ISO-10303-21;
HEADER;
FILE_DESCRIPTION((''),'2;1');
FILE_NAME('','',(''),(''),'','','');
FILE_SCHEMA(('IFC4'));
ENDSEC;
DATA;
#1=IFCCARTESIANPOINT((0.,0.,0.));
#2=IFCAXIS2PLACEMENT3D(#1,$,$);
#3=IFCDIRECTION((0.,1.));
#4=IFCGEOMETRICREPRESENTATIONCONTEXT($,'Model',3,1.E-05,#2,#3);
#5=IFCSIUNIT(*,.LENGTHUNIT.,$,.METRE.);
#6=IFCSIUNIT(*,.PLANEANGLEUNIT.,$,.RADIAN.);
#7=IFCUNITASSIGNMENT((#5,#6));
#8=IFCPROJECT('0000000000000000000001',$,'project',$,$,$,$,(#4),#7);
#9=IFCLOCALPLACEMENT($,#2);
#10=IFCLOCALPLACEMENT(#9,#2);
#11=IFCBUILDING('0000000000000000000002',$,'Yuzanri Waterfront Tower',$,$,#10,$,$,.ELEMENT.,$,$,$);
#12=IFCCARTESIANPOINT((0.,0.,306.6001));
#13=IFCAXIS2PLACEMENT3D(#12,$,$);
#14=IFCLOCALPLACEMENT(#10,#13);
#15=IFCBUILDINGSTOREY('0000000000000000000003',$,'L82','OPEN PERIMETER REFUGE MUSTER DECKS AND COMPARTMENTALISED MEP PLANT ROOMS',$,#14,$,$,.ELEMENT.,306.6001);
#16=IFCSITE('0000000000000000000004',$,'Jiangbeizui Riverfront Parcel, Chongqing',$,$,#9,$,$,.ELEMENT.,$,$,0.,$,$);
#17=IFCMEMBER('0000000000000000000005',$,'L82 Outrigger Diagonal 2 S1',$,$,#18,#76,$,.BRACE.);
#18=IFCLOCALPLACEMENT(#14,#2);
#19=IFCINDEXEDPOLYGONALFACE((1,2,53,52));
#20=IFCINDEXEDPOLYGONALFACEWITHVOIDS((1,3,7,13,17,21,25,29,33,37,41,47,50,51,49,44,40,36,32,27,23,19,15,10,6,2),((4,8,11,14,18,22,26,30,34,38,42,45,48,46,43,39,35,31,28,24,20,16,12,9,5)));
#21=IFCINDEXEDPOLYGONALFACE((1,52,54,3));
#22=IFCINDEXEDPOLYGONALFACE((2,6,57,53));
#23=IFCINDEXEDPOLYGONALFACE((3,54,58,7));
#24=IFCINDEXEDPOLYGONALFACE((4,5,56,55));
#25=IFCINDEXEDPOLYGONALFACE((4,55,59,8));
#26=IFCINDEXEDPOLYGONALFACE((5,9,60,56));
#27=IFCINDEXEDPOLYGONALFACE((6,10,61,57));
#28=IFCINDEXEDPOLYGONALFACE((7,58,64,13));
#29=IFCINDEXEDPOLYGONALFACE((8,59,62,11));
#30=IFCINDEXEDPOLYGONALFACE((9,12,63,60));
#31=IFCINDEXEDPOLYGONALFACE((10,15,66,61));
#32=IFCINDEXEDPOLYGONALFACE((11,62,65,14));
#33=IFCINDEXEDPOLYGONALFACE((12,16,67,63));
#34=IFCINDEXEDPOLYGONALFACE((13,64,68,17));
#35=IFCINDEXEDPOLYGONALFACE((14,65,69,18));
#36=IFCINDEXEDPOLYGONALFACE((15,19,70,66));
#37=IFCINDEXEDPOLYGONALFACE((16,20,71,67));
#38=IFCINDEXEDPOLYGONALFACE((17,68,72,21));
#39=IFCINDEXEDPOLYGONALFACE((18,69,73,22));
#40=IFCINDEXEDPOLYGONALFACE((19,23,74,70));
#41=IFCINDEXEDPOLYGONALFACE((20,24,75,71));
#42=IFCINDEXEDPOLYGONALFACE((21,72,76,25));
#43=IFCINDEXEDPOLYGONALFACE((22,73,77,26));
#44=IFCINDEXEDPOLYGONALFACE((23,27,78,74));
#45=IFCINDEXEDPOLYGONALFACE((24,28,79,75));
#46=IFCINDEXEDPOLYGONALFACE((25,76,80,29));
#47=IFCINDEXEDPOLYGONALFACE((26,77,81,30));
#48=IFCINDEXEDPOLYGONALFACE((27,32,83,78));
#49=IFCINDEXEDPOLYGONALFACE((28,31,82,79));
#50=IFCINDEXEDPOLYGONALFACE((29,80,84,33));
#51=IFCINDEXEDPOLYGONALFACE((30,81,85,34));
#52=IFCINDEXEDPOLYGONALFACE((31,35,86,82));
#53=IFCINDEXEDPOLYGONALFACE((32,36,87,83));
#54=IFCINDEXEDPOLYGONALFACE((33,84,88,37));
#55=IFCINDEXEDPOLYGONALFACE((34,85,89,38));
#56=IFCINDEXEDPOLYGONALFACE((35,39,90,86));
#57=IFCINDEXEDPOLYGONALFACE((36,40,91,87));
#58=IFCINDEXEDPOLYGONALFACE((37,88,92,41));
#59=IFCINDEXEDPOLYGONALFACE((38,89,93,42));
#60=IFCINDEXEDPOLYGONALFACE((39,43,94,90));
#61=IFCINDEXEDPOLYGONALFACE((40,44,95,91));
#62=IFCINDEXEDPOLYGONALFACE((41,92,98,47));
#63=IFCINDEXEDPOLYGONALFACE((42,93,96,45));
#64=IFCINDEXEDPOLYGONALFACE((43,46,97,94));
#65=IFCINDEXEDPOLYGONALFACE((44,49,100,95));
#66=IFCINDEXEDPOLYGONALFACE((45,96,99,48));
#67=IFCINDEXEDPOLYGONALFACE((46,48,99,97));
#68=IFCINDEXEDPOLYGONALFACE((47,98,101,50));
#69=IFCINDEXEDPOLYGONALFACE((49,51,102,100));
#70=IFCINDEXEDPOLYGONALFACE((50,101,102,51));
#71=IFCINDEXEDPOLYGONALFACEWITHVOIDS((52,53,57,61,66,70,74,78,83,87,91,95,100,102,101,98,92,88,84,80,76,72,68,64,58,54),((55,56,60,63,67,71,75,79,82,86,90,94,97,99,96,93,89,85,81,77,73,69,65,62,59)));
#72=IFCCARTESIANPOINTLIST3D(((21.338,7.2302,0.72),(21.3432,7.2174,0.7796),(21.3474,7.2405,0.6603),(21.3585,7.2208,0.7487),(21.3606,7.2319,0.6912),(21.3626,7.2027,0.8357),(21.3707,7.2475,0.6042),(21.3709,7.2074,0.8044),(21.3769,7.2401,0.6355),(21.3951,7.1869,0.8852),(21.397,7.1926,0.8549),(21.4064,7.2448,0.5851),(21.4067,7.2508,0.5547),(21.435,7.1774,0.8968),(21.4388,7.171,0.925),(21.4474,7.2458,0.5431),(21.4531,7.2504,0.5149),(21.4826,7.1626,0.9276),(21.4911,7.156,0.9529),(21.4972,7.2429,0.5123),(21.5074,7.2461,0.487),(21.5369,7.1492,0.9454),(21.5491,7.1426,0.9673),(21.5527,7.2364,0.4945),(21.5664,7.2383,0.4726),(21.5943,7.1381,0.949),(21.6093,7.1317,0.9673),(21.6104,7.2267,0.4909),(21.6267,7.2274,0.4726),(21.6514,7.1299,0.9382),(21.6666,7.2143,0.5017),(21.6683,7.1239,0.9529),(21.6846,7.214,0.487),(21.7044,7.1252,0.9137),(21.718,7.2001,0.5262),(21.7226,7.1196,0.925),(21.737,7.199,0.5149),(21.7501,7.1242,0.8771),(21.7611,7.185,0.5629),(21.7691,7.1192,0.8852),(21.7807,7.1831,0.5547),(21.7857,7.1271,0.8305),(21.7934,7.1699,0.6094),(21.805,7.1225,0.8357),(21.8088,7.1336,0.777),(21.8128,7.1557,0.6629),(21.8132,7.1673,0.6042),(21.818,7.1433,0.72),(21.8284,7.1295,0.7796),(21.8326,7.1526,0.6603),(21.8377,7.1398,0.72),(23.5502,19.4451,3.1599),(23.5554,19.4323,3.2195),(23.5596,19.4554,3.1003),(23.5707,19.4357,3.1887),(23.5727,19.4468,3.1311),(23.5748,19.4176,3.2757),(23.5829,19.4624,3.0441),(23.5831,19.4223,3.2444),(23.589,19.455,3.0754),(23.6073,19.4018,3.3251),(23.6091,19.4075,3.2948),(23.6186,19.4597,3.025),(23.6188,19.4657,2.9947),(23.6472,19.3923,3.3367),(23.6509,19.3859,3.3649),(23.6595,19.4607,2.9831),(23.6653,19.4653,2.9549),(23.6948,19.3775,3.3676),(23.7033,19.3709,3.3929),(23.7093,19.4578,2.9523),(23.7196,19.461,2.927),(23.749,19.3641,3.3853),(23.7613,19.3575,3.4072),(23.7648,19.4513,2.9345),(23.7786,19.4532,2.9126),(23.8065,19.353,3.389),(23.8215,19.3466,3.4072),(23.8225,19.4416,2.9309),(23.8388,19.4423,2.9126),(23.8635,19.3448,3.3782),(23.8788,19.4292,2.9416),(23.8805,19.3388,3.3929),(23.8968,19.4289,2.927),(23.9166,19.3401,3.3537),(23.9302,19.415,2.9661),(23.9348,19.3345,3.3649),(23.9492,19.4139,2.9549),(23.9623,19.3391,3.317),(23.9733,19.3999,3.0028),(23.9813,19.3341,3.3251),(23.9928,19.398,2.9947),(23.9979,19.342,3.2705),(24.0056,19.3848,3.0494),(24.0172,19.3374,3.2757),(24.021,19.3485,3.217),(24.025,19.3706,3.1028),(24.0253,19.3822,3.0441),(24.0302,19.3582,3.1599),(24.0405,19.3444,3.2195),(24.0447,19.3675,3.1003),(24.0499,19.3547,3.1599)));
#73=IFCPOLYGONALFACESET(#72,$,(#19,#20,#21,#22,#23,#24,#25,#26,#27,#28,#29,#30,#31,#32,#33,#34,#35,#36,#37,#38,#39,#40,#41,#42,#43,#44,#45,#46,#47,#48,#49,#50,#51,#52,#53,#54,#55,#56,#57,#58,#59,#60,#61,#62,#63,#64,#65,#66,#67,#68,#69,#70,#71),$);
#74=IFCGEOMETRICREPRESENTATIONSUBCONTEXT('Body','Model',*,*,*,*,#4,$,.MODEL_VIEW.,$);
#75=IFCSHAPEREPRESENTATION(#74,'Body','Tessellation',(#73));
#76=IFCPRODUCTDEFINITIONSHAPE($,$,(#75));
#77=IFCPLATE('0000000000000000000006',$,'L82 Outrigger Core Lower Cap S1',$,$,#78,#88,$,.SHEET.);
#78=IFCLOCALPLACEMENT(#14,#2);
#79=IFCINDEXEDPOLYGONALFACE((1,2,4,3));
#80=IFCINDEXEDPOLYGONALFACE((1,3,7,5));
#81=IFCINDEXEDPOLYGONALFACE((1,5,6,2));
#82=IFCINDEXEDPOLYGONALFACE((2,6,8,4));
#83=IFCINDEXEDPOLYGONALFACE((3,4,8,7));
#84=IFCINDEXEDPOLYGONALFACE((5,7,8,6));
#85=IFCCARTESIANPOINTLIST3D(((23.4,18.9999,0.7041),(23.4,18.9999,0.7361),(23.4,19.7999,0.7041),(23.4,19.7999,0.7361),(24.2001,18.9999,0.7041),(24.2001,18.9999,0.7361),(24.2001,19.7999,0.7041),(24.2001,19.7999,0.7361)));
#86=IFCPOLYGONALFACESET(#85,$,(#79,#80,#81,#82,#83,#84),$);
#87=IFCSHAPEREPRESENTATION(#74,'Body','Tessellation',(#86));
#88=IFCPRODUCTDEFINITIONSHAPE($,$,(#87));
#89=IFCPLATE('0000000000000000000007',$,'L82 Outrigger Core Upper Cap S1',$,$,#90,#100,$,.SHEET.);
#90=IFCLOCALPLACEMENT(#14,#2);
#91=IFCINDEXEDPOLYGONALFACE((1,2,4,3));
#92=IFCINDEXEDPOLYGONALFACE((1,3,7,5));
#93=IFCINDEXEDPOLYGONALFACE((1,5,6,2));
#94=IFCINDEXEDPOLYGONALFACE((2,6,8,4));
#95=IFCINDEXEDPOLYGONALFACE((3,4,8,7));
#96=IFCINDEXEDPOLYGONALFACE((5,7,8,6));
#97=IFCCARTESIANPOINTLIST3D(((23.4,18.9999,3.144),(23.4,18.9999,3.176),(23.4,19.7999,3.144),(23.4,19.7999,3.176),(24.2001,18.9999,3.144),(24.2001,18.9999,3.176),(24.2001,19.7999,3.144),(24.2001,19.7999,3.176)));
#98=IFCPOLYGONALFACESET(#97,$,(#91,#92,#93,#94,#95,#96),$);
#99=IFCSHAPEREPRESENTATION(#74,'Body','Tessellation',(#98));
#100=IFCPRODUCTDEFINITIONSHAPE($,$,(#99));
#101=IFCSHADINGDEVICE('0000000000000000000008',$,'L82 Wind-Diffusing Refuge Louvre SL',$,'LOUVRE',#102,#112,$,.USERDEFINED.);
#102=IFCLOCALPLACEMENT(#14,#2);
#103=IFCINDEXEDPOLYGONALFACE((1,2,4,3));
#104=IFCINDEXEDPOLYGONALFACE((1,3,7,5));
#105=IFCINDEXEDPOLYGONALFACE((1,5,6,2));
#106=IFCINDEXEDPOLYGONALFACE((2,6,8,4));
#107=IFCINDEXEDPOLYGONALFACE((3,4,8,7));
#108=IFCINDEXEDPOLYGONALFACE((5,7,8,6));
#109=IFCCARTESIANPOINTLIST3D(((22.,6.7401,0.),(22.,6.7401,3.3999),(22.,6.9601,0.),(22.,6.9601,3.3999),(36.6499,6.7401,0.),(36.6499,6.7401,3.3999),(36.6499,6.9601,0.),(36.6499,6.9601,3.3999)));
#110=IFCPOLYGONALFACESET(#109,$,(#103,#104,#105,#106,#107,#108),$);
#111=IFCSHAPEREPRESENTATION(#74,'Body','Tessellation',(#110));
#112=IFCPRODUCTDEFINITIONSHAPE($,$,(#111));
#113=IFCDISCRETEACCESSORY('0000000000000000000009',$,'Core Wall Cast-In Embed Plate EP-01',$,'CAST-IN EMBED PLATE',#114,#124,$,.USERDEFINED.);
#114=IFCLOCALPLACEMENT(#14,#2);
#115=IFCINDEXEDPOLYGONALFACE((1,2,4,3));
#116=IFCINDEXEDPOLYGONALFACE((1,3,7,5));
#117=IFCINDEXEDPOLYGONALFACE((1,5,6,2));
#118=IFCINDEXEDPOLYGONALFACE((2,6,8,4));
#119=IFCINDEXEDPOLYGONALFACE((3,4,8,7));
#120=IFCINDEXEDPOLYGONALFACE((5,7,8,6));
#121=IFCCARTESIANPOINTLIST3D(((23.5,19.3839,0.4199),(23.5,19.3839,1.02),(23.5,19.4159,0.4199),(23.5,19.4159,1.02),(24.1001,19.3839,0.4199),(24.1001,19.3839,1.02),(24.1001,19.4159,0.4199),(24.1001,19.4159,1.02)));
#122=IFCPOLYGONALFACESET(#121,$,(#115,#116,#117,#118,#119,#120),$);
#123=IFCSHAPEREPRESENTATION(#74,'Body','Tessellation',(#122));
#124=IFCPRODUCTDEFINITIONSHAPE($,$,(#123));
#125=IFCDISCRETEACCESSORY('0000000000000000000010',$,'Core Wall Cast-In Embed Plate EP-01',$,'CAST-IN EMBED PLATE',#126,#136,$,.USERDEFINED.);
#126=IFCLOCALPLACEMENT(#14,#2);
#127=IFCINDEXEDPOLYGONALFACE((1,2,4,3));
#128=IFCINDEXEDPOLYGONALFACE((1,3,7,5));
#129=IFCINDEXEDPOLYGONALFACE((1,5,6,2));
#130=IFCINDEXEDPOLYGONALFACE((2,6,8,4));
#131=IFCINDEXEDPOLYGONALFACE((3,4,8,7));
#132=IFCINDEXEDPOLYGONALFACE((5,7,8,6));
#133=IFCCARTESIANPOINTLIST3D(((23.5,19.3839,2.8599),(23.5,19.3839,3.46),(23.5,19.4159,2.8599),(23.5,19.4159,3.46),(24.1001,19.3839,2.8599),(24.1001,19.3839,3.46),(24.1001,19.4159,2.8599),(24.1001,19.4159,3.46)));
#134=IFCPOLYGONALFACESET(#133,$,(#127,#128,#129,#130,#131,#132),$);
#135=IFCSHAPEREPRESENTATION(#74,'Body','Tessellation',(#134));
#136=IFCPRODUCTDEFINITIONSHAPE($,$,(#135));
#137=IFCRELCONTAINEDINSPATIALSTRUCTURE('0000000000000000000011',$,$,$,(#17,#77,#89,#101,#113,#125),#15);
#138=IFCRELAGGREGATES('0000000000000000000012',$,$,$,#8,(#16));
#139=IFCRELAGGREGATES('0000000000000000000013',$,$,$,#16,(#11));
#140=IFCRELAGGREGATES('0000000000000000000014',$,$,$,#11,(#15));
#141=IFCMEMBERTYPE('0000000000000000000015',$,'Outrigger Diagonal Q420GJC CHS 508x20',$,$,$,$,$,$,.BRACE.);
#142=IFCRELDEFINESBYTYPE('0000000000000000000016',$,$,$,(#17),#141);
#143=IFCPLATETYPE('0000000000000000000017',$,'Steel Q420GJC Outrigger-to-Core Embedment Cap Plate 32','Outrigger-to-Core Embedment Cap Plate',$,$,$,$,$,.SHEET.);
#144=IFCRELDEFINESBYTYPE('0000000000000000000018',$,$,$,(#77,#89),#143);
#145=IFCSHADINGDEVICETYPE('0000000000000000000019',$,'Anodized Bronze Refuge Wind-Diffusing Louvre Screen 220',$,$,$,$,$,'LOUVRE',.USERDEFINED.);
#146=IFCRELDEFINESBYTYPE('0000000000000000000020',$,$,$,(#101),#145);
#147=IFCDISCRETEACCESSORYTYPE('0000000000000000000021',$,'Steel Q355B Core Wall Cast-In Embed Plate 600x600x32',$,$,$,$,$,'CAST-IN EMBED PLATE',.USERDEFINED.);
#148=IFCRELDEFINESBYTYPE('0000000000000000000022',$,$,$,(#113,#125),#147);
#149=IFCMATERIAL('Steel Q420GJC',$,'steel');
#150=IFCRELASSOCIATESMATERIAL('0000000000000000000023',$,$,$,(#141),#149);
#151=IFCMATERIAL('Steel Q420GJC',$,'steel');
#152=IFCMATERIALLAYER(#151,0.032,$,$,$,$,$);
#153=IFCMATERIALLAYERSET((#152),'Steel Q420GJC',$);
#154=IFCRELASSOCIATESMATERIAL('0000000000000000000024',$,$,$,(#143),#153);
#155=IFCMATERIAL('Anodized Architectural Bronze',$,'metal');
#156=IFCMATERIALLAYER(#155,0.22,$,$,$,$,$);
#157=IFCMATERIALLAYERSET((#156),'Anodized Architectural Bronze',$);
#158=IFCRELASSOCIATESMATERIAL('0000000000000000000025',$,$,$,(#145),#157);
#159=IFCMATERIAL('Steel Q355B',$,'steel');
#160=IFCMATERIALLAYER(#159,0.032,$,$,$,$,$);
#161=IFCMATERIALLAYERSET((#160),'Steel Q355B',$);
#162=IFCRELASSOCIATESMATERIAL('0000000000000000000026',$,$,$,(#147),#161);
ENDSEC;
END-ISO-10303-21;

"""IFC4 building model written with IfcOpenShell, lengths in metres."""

from ifc_helpers import new_model, si_unit, direction, frame, origin, origin_2d, place, context, subcontext, project, spatial, rectangle, hollow_circle, extrude, source, transform, mapped, material, layer, layer_set, material_profile, profile_set, type_object, element, save


model = new_model("IFC4")

# Units and contexts
model_context = context("Model", 3, precision=1e-05, world=origin(), true_north=direction((0.0, 1.0)))
body_context = subcontext(model_context, "Body", "Model", "MODEL_VIEW")
ifc_project = project(units=[si_unit("LENGTHUNIT", "METRE"), si_unit("PLANEANGLEUNIT", "RADIAN")], contexts=[model_context])

# Site, building, storey
site_placement = place(None, origin())
site = spatial("IfcSite", under=ifc_project, at=site_placement, Name="Jiangbeizui Riverfront Parcel, Chongqing", CompositionType="ELEMENT", RefElevation=0.0)
building_placement = place(site_placement, origin())
building = spatial("IfcBuilding", under=site, at=building_placement, Name="Yuzanri Waterfront Tower", CompositionType="ELEMENT")
storey_placement = place(building_placement, frame((0.0, 0.0, 306.6001)))
storey = spatial("IfcBuildingStorey", under=building, at=storey_placement, Name="L82", Description="OPEN PERIMETER REFUGE MUSTER DECKS AND COMPARTMENTALISED MEP PLANT ROOMS", CompositionType="ELEMENT", Elevation=306.6001)

# Member
ifc_material_1 = material(Name="Steel Q420GJC", Category="steel")
ifc_material_profile_1 = material_profile(ifc_material_1, hollow_circle(Radius=0.2539, WallThickness=0.02, at=origin_2d()), Name="CHS 508x20")
ifc_profile_set_1 = profile_set([ifc_material_profile_1], Name="Steel Q420GJC")
member_type_1 = type_object("IfcMemberType", Name="Outrigger Diagonal Q420GJC CHS 508x20", PredefinedType="BRACE", material=ifc_profile_set_1)
shared_shape_1 = source(origin(), body_context, "Body", "SweptSolid", [
    extrude(hollow_circle(Radius=0.2539, WallThickness=0.02, at=origin_2d()), origin(), (0.0, 0.0, 1.0), 12.6511),
])
for number, where, z_axis, x_axis, name in (
    (1, (23.8, 19.3999, 3.1599), (-0.174859, -0.965519, -0.192865), (0.983993, -0.178205, 0.0), "L82 Outrigger Diagonal 2 S1"),
):
    element("IfcMember", number, at=place(storey_placement, frame(where, z_axis=z_axis, x_axis=x_axis)), inside=storey, type_object=member_type_1, Name=name, PredefinedType="BRACE", context=body_context, shape_type="MappedRepresentation", body=[
        mapped(shared_shape_1, transform((0.0, 0.0, 0.0), scale=1.0)),
    ])

# Plates
ifc_material_2 = material(Name="Steel Q420GJC", Category="steel")
ifc_layer_1 = layer(ifc_material_2, 0.032)
ifc_layer_set_1 = layer_set([ifc_layer_1], Name="Steel Q420GJC")
plate_type = type_object("IfcPlateType", Name="Steel Q420GJC Outrigger-to-Core Embedment Cap Plate 32", Description="Outrigger-to-Core Embedment Cap Plate", PredefinedType="SHEET", material=ifc_layer_set_1)
shared_shape_2 = source(origin(), body_context, "Body", "SweptSolid", [
    extrude(rectangle(XDim=0.8, YDim=0.8, at=origin_2d()), origin(), (0.0, 0.0, 1.0), 0.032),
])
for number, where, z_axis, x_axis, name in (
    (2, (23.8, 19.3999, 0.7041), (0.0, 0.0, 1.0), (1.0, 0.0, 0.0), "L82 Outrigger Core Lower Cap S1"),
    (3, (23.8, 19.3999, 3.144), (0.0, 0.0, 1.0), (1.0, 0.0, 0.0), "L82 Outrigger Core Upper Cap S1"),
):
    element("IfcPlate", number, at=place(storey_placement, frame(where, z_axis=z_axis, x_axis=x_axis)), inside=storey, type_object=plate_type, Name=name, PredefinedType="SHEET", context=body_context, shape_type="MappedRepresentation", body=[
        mapped(shared_shape_2, transform((0.0, 0.0, 0.0), scale=1.0)),
    ])

# Shading device
ifc_material_3 = material(Name="Anodized Architectural Bronze", Category="metal")
ifc_layer_2 = layer(ifc_material_3, 0.22)
ifc_layer_set_2 = layer_set([ifc_layer_2], Name="Anodized Architectural Bronze")
shading_device_type = type_object("IfcShadingDeviceType", Name="Anodized Bronze Refuge Wind-Diffusing Louvre Screen 220", ElementType="LOUVRE", PredefinedType="USERDEFINED", material=ifc_layer_set_2)
shared_shape_3 = source(origin(), body_context, "Body", "SweptSolid", [
    extrude(rectangle(XDim=14.6499, YDim=0.22, at=origin_2d()), origin(), (0.0, 0.0, 1.0), 3.3999),
])
shading_device_placement = place(storey_placement, frame((29.325, 6.8501, 0.0), z_axis=(0.0, 0.0, 1.0), x_axis=(1.0, 0.0, 0.0)))
element("IfcShadingDevice", 4, at=shading_device_placement, inside=storey, type_object=shading_device_type, Name="L82 Wind-Diffusing Refuge Louvre SL", ObjectType="LOUVRE", PredefinedType="USERDEFINED", context=body_context, shape_type="MappedRepresentation", body=[
    mapped(shared_shape_3, transform((0.0, 0.0, 0.0), scale=1.0)),
])

# Discrete accessories
ifc_material_4 = material(Name="Steel Q355B", Category="steel")
ifc_layer_3 = layer(ifc_material_4, 0.032)
ifc_layer_set_3 = layer_set([ifc_layer_3], Name="Steel Q355B")
discrete_accessory_type = type_object("IfcDiscreteAccessoryType", Name="Steel Q355B Core Wall Cast-In Embed Plate 600x600x32", ElementType="CAST-IN EMBED PLATE", PredefinedType="USERDEFINED", material=ifc_layer_set_3)
shared_shape_4 = source(origin(), body_context, "Body", "SweptSolid", [
    extrude(rectangle(XDim=0.6001, YDim=0.032, at=origin_2d()), origin(), (0.0, 0.0, 1.0), 0.6001),
])
for number, where, z_axis, x_axis, name in (
    (5, (23.8, 19.3999, 0.4199), (0.0, 0.0, 1.0), (1.0, 0.0, 0.0), "Core Wall Cast-In Embed Plate EP-01"),
    (6, (23.8, 19.3999, 2.8599), (0.0, 0.0, 1.0), (1.0, 0.0, 0.0), "Core Wall Cast-In Embed Plate EP-01"),
):
    element("IfcDiscreteAccessory", number, at=place(storey_placement, frame(where, z_axis=z_axis, x_axis=x_axis)), inside=storey, type_object=discrete_accessory_type, Name=name, ObjectType="CAST-IN EMBED PLATE", PredefinedType="USERDEFINED", context=body_context, shape_type="MappedRepresentation", body=[
        mapped(shared_shape_4, transform((0.0, 0.0, 0.0), scale=1.0)),
    ])

save(model, "model.ifc")
